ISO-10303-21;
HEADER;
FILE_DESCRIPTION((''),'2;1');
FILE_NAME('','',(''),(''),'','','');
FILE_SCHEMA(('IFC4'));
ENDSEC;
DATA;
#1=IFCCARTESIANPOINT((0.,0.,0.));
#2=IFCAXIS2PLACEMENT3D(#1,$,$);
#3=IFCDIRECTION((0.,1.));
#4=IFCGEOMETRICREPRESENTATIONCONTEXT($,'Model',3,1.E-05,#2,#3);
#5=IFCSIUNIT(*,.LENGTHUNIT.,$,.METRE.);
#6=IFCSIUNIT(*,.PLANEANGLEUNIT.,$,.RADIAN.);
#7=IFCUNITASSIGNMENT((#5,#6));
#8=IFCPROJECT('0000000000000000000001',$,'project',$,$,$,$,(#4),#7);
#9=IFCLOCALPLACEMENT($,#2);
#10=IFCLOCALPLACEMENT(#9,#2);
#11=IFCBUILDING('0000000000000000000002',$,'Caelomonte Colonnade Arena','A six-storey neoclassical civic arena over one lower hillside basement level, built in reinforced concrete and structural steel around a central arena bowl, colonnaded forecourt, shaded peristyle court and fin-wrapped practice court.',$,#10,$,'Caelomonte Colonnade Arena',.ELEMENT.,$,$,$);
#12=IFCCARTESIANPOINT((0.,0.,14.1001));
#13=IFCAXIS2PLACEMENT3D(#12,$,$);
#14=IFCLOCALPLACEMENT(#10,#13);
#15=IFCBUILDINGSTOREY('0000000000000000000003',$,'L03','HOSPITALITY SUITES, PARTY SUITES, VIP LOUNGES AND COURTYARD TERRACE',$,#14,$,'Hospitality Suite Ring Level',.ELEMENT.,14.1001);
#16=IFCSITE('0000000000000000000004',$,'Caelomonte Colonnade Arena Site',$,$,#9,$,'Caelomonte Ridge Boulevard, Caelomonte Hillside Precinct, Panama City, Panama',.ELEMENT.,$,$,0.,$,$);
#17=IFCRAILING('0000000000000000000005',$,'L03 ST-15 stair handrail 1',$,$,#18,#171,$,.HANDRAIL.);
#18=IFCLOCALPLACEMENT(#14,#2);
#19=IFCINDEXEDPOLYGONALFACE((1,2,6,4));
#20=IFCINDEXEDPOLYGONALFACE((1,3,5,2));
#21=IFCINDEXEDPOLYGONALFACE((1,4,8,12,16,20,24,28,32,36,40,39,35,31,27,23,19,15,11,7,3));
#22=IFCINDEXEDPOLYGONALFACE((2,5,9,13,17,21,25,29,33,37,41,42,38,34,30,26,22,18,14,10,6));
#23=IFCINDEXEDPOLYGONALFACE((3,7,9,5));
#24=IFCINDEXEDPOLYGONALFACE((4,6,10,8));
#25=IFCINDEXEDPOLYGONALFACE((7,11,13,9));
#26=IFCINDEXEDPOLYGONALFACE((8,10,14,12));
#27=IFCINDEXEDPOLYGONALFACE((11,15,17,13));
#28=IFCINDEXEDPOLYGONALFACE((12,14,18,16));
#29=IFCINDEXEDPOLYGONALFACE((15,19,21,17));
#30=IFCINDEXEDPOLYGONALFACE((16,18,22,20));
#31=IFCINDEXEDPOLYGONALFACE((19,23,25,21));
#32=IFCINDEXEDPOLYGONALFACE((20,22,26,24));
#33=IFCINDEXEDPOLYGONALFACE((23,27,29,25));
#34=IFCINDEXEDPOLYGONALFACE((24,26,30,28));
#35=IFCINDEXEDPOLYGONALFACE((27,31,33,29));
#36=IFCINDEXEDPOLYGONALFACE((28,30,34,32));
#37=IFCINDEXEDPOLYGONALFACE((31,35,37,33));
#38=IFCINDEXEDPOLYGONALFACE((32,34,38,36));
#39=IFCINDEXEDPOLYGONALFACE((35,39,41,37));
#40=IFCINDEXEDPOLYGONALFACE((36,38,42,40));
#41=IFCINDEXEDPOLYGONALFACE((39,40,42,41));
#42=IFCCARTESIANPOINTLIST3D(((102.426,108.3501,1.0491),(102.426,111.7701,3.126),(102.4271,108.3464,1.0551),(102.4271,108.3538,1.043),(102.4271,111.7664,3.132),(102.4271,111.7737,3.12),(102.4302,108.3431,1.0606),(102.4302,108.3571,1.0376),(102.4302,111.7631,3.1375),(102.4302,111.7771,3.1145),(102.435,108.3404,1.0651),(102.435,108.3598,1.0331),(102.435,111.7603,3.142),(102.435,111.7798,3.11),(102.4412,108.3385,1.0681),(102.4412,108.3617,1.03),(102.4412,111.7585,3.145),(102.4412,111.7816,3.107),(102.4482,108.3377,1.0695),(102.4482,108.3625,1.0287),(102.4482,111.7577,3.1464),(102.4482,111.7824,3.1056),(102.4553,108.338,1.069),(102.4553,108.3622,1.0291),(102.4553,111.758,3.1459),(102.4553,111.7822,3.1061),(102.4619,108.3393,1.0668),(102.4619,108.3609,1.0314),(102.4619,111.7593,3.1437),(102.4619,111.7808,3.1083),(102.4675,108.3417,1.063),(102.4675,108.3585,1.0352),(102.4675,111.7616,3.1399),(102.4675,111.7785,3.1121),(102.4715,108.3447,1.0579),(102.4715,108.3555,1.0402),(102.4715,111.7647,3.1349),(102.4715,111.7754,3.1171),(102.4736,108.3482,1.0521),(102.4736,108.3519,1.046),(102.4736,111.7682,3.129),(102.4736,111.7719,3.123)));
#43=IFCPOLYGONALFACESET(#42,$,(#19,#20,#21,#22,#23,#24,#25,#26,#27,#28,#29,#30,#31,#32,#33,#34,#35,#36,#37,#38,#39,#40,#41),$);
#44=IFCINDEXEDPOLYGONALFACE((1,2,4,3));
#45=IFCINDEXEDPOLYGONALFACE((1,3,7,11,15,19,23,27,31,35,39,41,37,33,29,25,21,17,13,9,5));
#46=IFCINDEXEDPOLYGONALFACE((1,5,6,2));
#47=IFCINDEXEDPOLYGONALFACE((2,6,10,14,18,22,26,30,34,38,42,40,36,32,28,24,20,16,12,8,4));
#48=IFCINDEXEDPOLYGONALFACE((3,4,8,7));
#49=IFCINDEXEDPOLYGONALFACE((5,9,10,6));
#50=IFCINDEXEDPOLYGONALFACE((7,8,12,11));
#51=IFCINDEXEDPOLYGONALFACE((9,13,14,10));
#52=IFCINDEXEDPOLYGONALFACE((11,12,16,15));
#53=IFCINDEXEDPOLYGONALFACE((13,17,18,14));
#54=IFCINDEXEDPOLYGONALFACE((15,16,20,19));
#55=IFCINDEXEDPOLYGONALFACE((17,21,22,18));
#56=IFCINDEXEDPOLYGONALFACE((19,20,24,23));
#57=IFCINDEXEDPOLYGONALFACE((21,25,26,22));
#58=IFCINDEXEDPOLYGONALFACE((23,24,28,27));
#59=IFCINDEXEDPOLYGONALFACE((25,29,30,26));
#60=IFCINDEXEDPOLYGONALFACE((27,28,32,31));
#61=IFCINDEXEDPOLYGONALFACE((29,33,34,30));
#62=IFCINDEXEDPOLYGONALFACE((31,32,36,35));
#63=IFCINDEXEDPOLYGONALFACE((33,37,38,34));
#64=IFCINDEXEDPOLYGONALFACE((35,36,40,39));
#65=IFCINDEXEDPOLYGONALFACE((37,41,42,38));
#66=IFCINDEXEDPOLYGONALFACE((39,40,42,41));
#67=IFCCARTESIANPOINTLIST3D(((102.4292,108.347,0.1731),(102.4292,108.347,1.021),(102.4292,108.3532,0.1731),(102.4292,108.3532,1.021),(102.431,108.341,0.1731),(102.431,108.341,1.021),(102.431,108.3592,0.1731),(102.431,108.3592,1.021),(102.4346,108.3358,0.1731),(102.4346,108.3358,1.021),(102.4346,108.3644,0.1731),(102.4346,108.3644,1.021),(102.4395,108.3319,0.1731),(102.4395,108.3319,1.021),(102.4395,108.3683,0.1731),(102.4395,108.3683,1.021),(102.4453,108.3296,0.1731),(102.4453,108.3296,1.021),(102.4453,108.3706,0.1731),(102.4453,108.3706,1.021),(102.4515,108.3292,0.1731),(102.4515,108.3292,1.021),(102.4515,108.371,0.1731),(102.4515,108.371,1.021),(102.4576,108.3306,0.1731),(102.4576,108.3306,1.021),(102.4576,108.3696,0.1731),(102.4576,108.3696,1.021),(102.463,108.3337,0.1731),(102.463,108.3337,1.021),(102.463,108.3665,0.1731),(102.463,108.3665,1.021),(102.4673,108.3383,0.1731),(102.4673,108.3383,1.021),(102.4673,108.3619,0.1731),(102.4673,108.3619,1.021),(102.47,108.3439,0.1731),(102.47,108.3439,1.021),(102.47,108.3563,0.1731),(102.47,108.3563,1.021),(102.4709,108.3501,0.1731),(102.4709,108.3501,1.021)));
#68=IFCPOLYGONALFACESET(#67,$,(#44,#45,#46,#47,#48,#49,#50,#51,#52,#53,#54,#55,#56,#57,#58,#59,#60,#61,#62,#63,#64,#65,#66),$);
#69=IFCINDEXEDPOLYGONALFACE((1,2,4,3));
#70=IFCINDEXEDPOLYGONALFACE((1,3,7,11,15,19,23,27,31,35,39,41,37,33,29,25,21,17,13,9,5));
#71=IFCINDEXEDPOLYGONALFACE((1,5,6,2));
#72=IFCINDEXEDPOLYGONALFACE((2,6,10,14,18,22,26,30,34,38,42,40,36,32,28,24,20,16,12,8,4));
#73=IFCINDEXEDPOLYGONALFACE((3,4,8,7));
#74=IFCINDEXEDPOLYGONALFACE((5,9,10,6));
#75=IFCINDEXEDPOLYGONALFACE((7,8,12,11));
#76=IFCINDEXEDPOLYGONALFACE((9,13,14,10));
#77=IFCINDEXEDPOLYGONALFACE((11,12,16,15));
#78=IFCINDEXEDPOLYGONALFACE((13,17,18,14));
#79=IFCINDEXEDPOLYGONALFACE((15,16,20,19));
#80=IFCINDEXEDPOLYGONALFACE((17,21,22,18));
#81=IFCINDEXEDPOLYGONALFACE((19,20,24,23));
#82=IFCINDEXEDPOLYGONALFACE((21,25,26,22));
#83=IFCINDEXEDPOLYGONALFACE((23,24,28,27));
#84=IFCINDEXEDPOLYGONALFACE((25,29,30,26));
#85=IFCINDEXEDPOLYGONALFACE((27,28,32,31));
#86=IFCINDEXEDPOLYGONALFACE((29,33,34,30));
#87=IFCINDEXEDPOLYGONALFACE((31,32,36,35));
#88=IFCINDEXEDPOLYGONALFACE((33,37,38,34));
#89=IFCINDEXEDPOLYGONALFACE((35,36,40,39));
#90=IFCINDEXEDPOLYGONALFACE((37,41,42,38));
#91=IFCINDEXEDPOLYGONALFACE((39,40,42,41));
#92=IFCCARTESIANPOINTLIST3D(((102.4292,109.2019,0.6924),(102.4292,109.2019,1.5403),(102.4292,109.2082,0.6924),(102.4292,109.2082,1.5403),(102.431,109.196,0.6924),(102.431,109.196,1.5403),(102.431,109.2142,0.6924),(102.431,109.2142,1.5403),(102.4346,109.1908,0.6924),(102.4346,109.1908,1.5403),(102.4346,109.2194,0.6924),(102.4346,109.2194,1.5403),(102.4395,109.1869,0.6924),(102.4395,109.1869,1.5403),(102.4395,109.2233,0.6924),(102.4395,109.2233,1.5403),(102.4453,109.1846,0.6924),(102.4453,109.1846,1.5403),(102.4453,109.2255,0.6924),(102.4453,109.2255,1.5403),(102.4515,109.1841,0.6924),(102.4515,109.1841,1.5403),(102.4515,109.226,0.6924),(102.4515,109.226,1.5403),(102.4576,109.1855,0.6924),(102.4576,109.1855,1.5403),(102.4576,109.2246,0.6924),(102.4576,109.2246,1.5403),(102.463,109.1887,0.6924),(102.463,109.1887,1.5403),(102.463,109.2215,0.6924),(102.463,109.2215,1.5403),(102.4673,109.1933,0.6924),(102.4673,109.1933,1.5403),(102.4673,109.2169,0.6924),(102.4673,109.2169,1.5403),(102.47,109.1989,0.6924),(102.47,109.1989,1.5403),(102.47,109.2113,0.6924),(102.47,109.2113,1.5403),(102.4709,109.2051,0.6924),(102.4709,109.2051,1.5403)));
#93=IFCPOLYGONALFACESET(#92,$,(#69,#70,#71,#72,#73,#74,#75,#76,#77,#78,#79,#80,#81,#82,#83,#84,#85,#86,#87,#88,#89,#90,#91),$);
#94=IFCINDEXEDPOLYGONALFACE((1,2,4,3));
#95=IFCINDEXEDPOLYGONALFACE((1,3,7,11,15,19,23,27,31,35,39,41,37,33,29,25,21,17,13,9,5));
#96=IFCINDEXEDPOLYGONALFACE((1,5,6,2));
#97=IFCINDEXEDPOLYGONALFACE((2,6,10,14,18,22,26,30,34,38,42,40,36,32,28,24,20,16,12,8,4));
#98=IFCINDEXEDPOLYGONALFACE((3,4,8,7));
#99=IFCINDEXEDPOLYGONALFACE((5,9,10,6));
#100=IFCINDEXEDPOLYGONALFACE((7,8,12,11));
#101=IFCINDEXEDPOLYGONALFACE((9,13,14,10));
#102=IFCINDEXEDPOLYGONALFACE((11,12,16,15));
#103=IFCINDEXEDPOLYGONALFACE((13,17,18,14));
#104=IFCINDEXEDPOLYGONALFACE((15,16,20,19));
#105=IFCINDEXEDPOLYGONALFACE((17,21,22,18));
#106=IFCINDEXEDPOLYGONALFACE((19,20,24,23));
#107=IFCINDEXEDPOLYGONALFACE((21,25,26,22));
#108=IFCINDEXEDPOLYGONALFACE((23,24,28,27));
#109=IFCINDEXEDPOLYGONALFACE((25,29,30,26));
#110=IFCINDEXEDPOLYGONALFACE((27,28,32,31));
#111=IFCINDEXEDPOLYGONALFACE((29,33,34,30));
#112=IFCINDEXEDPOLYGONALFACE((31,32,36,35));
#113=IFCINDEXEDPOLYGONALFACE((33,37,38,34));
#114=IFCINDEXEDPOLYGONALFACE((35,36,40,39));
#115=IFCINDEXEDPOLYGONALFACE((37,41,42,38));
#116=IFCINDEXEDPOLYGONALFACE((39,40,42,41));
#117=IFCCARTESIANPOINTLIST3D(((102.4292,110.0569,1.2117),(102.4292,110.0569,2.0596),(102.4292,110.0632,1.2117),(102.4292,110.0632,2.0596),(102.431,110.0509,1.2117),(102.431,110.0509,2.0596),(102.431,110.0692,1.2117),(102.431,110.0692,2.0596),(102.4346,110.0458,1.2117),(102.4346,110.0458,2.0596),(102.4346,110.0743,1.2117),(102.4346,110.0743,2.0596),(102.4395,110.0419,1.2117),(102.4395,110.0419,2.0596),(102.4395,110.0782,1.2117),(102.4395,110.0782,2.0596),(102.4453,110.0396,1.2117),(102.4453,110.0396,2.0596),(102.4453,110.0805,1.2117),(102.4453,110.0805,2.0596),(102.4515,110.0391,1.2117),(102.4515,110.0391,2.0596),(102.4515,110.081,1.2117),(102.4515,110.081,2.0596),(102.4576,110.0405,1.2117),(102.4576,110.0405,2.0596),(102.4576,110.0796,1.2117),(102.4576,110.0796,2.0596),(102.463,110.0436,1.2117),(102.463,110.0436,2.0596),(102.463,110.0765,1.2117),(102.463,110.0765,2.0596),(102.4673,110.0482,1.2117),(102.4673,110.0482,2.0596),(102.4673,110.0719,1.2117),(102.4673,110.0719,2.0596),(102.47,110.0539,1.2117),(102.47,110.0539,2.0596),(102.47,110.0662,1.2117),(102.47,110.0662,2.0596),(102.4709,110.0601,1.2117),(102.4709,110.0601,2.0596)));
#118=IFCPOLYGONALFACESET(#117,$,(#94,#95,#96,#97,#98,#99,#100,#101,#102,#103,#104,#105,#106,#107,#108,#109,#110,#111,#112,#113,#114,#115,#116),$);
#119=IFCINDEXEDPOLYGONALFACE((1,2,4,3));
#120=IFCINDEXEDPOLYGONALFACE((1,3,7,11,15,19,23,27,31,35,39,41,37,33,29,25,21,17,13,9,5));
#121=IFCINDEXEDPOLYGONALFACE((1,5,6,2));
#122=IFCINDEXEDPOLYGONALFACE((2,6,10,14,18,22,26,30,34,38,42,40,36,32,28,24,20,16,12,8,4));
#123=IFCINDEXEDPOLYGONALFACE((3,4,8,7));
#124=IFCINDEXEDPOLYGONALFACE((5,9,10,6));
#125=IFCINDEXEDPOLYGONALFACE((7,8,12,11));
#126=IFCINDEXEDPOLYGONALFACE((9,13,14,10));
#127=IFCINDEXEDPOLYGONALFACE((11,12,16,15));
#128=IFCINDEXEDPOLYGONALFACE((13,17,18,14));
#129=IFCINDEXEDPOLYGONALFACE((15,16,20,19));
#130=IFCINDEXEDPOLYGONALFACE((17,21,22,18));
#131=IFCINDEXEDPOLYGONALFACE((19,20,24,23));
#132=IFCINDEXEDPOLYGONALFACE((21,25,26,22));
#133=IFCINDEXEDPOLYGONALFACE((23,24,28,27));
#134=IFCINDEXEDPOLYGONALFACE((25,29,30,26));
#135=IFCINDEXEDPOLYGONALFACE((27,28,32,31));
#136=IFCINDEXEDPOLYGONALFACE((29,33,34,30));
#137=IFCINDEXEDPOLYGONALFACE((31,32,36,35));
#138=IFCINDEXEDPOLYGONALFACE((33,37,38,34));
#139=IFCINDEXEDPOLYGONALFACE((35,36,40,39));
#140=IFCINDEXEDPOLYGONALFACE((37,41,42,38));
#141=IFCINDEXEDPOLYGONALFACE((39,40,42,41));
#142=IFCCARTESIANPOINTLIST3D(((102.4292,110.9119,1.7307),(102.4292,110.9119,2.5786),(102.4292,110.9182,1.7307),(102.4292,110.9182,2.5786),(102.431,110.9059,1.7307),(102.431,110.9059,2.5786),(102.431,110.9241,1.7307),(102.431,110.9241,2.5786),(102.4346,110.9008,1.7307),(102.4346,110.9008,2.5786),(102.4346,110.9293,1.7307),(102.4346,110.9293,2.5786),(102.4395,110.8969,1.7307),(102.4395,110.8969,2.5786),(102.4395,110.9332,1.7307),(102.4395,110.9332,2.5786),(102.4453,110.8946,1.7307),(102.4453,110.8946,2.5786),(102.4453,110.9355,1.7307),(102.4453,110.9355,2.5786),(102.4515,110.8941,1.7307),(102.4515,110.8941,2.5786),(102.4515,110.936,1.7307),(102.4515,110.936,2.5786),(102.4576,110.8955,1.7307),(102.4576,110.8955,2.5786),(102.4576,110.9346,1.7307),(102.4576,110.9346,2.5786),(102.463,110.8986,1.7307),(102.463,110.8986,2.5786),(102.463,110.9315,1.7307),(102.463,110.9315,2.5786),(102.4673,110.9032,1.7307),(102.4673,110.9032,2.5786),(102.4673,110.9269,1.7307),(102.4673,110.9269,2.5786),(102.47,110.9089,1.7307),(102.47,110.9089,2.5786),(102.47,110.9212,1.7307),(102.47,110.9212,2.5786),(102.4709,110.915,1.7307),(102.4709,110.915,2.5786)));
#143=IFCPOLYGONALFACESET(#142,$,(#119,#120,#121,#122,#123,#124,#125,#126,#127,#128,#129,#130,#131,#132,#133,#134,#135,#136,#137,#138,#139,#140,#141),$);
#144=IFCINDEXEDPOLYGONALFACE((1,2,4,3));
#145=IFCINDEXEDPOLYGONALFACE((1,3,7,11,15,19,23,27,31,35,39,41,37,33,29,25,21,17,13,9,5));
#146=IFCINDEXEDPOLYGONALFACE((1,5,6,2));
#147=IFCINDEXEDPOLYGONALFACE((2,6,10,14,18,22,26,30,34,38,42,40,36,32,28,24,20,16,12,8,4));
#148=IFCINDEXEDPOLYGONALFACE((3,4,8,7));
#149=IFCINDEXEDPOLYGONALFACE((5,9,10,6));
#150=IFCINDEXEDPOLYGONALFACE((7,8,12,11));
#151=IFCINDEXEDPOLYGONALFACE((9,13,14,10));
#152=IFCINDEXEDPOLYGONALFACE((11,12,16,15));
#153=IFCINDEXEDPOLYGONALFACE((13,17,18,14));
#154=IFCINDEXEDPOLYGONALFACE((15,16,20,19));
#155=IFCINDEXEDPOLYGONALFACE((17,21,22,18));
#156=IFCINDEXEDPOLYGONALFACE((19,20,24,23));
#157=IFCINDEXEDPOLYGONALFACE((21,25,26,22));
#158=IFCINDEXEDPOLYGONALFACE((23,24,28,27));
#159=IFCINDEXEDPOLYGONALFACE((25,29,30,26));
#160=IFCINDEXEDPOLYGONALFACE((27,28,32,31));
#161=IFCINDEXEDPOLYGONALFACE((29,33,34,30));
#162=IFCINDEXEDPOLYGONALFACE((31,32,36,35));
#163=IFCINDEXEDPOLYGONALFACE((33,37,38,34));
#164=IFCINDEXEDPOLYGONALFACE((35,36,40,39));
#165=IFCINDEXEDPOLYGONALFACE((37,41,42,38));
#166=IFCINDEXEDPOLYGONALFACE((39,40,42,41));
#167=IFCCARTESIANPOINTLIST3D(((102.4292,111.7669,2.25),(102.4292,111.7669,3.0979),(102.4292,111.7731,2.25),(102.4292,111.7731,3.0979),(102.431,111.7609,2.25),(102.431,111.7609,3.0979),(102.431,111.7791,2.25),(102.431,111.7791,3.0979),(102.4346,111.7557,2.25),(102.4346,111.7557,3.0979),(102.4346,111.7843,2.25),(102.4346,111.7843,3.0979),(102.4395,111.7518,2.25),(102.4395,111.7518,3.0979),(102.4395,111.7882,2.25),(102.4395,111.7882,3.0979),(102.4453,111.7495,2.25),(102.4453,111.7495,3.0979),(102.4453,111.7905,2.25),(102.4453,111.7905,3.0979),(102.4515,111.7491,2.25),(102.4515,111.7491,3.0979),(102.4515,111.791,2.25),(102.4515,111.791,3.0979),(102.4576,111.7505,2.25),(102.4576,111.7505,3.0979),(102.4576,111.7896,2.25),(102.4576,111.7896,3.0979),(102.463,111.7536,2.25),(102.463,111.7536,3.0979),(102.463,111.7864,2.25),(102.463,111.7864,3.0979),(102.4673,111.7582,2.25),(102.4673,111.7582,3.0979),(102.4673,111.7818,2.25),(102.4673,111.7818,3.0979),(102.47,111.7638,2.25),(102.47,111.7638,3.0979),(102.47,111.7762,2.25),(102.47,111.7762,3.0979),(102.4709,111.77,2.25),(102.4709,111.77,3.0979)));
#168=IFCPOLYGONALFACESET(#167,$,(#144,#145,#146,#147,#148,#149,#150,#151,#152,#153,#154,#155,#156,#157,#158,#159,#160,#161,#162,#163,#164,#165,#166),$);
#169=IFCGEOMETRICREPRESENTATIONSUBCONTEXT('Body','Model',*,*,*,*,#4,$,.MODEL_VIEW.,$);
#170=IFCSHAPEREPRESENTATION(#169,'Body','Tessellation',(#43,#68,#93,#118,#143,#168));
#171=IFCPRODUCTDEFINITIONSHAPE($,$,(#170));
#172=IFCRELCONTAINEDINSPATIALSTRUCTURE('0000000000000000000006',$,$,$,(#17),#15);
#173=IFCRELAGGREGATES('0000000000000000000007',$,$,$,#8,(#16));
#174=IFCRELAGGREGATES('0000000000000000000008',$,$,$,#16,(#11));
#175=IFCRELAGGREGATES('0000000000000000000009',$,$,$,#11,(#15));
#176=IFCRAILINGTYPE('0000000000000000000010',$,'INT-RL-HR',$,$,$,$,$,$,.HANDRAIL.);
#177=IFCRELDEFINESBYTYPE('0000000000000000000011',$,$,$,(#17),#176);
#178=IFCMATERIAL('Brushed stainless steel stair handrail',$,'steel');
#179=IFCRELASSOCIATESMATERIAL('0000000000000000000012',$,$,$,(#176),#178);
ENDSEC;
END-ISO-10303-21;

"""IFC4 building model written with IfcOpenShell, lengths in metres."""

from ifc_helpers import new_model, si_unit, direction, frame, origin, origin_2d, place, context, subcontext, project, spatial, circle, extrude, material, type_object, element, save


model = new_model("IFC4")

# Units and contexts
model_context = context("Model", 3, precision=1e-05, world=origin(), true_north=direction((0.0, 1.0)))
body_context = subcontext(model_context, "Body", "Model", "MODEL_VIEW")
ifc_project = project(units=[si_unit("LENGTHUNIT", "METRE"), si_unit("PLANEANGLEUNIT", "RADIAN")], contexts=[model_context])

# Site, building, storey
site_placement = place(None, origin())
site = spatial("IfcSite", under=ifc_project, at=site_placement, Name="Caelomonte Colonnade Arena Site", LongName="Caelomonte Ridge Boulevard, Caelomonte Hillside Precinct, Panama City, Panama", CompositionType="ELEMENT", RefElevation=0.0)
building_placement = place(site_placement, origin())
building = spatial("IfcBuilding", under=site, at=building_placement, Name="Caelomonte Colonnade Arena", Description="A six-storey neoclassical civic arena over one lower hillside basement level, built in reinforced concrete and structural steel around a central arena bowl, colonnaded forecourt, shaded peristyle court and fin-wrapped practice court.", LongName="Caelomonte Colonnade Arena", CompositionType="ELEMENT")
storey_placement = place(building_placement, frame((0.0, 0.0, 14.1001)))
storey = spatial("IfcBuildingStorey", under=building, at=storey_placement, Name="L03", Description="HOSPITALITY SUITES, PARTY SUITES, VIP LOUNGES AND COURTYARD TERRACE", LongName="Hospitality Suite Ring Level", CompositionType="ELEMENT", Elevation=14.1001)

# Railing
ifc_material_1 = material(Name="Brushed stainless steel stair handrail", Category="steel")
railing_type_1 = type_object("IfcRailingType", Name="INT-RL-HR", PredefinedType="HANDRAIL", material=ifc_material_1)
for number, where, name in (
    (1, (102.45, 108.3501, 0.1731), "L03 ST-15 stair handrail 1"),
):
    element("IfcRailing", number, at=place(storey_placement, frame(where)), inside=storey, type_object=railing_type_1, Name=name, PredefinedType="HANDRAIL", context=body_context, shape_type="SweptSolid", body=[
        extrude(circle(Radius=0.0239, at=origin_2d()), frame((0.0, 0.0, 0.876), z_axis=(0.0, 0.85473, 0.519074), x_axis=(-1.0, 0.0, 0.0)), (0.0, 0.0, 1.0), 4.0012),
        extrude(circle(Radius=0.021, at=origin_2d()), origin(), (0.0, 0.0, 1.0), 0.8479),
        extrude(circle(Radius=0.021, at=origin_2d()), frame((0.0, 0.855, 0.5193)), (0.0, 0.0, 1.0), 0.8479),
        extrude(circle(Radius=0.021, at=origin_2d()), frame((0.0, 1.71, 1.0386)), (0.0, 0.0, 1.0), 0.8479),
        extrude(circle(Radius=0.021, at=origin_2d()), frame((0.0, 2.5649, 1.5576)), (0.0, 0.0, 1.0), 0.8479),
        extrude(circle(Radius=0.021, at=origin_2d()), frame((0.0, 3.4199, 2.0769)), (0.0, 0.0, 1.0), 0.8479),
    ])

save(model, "model.ifc")
